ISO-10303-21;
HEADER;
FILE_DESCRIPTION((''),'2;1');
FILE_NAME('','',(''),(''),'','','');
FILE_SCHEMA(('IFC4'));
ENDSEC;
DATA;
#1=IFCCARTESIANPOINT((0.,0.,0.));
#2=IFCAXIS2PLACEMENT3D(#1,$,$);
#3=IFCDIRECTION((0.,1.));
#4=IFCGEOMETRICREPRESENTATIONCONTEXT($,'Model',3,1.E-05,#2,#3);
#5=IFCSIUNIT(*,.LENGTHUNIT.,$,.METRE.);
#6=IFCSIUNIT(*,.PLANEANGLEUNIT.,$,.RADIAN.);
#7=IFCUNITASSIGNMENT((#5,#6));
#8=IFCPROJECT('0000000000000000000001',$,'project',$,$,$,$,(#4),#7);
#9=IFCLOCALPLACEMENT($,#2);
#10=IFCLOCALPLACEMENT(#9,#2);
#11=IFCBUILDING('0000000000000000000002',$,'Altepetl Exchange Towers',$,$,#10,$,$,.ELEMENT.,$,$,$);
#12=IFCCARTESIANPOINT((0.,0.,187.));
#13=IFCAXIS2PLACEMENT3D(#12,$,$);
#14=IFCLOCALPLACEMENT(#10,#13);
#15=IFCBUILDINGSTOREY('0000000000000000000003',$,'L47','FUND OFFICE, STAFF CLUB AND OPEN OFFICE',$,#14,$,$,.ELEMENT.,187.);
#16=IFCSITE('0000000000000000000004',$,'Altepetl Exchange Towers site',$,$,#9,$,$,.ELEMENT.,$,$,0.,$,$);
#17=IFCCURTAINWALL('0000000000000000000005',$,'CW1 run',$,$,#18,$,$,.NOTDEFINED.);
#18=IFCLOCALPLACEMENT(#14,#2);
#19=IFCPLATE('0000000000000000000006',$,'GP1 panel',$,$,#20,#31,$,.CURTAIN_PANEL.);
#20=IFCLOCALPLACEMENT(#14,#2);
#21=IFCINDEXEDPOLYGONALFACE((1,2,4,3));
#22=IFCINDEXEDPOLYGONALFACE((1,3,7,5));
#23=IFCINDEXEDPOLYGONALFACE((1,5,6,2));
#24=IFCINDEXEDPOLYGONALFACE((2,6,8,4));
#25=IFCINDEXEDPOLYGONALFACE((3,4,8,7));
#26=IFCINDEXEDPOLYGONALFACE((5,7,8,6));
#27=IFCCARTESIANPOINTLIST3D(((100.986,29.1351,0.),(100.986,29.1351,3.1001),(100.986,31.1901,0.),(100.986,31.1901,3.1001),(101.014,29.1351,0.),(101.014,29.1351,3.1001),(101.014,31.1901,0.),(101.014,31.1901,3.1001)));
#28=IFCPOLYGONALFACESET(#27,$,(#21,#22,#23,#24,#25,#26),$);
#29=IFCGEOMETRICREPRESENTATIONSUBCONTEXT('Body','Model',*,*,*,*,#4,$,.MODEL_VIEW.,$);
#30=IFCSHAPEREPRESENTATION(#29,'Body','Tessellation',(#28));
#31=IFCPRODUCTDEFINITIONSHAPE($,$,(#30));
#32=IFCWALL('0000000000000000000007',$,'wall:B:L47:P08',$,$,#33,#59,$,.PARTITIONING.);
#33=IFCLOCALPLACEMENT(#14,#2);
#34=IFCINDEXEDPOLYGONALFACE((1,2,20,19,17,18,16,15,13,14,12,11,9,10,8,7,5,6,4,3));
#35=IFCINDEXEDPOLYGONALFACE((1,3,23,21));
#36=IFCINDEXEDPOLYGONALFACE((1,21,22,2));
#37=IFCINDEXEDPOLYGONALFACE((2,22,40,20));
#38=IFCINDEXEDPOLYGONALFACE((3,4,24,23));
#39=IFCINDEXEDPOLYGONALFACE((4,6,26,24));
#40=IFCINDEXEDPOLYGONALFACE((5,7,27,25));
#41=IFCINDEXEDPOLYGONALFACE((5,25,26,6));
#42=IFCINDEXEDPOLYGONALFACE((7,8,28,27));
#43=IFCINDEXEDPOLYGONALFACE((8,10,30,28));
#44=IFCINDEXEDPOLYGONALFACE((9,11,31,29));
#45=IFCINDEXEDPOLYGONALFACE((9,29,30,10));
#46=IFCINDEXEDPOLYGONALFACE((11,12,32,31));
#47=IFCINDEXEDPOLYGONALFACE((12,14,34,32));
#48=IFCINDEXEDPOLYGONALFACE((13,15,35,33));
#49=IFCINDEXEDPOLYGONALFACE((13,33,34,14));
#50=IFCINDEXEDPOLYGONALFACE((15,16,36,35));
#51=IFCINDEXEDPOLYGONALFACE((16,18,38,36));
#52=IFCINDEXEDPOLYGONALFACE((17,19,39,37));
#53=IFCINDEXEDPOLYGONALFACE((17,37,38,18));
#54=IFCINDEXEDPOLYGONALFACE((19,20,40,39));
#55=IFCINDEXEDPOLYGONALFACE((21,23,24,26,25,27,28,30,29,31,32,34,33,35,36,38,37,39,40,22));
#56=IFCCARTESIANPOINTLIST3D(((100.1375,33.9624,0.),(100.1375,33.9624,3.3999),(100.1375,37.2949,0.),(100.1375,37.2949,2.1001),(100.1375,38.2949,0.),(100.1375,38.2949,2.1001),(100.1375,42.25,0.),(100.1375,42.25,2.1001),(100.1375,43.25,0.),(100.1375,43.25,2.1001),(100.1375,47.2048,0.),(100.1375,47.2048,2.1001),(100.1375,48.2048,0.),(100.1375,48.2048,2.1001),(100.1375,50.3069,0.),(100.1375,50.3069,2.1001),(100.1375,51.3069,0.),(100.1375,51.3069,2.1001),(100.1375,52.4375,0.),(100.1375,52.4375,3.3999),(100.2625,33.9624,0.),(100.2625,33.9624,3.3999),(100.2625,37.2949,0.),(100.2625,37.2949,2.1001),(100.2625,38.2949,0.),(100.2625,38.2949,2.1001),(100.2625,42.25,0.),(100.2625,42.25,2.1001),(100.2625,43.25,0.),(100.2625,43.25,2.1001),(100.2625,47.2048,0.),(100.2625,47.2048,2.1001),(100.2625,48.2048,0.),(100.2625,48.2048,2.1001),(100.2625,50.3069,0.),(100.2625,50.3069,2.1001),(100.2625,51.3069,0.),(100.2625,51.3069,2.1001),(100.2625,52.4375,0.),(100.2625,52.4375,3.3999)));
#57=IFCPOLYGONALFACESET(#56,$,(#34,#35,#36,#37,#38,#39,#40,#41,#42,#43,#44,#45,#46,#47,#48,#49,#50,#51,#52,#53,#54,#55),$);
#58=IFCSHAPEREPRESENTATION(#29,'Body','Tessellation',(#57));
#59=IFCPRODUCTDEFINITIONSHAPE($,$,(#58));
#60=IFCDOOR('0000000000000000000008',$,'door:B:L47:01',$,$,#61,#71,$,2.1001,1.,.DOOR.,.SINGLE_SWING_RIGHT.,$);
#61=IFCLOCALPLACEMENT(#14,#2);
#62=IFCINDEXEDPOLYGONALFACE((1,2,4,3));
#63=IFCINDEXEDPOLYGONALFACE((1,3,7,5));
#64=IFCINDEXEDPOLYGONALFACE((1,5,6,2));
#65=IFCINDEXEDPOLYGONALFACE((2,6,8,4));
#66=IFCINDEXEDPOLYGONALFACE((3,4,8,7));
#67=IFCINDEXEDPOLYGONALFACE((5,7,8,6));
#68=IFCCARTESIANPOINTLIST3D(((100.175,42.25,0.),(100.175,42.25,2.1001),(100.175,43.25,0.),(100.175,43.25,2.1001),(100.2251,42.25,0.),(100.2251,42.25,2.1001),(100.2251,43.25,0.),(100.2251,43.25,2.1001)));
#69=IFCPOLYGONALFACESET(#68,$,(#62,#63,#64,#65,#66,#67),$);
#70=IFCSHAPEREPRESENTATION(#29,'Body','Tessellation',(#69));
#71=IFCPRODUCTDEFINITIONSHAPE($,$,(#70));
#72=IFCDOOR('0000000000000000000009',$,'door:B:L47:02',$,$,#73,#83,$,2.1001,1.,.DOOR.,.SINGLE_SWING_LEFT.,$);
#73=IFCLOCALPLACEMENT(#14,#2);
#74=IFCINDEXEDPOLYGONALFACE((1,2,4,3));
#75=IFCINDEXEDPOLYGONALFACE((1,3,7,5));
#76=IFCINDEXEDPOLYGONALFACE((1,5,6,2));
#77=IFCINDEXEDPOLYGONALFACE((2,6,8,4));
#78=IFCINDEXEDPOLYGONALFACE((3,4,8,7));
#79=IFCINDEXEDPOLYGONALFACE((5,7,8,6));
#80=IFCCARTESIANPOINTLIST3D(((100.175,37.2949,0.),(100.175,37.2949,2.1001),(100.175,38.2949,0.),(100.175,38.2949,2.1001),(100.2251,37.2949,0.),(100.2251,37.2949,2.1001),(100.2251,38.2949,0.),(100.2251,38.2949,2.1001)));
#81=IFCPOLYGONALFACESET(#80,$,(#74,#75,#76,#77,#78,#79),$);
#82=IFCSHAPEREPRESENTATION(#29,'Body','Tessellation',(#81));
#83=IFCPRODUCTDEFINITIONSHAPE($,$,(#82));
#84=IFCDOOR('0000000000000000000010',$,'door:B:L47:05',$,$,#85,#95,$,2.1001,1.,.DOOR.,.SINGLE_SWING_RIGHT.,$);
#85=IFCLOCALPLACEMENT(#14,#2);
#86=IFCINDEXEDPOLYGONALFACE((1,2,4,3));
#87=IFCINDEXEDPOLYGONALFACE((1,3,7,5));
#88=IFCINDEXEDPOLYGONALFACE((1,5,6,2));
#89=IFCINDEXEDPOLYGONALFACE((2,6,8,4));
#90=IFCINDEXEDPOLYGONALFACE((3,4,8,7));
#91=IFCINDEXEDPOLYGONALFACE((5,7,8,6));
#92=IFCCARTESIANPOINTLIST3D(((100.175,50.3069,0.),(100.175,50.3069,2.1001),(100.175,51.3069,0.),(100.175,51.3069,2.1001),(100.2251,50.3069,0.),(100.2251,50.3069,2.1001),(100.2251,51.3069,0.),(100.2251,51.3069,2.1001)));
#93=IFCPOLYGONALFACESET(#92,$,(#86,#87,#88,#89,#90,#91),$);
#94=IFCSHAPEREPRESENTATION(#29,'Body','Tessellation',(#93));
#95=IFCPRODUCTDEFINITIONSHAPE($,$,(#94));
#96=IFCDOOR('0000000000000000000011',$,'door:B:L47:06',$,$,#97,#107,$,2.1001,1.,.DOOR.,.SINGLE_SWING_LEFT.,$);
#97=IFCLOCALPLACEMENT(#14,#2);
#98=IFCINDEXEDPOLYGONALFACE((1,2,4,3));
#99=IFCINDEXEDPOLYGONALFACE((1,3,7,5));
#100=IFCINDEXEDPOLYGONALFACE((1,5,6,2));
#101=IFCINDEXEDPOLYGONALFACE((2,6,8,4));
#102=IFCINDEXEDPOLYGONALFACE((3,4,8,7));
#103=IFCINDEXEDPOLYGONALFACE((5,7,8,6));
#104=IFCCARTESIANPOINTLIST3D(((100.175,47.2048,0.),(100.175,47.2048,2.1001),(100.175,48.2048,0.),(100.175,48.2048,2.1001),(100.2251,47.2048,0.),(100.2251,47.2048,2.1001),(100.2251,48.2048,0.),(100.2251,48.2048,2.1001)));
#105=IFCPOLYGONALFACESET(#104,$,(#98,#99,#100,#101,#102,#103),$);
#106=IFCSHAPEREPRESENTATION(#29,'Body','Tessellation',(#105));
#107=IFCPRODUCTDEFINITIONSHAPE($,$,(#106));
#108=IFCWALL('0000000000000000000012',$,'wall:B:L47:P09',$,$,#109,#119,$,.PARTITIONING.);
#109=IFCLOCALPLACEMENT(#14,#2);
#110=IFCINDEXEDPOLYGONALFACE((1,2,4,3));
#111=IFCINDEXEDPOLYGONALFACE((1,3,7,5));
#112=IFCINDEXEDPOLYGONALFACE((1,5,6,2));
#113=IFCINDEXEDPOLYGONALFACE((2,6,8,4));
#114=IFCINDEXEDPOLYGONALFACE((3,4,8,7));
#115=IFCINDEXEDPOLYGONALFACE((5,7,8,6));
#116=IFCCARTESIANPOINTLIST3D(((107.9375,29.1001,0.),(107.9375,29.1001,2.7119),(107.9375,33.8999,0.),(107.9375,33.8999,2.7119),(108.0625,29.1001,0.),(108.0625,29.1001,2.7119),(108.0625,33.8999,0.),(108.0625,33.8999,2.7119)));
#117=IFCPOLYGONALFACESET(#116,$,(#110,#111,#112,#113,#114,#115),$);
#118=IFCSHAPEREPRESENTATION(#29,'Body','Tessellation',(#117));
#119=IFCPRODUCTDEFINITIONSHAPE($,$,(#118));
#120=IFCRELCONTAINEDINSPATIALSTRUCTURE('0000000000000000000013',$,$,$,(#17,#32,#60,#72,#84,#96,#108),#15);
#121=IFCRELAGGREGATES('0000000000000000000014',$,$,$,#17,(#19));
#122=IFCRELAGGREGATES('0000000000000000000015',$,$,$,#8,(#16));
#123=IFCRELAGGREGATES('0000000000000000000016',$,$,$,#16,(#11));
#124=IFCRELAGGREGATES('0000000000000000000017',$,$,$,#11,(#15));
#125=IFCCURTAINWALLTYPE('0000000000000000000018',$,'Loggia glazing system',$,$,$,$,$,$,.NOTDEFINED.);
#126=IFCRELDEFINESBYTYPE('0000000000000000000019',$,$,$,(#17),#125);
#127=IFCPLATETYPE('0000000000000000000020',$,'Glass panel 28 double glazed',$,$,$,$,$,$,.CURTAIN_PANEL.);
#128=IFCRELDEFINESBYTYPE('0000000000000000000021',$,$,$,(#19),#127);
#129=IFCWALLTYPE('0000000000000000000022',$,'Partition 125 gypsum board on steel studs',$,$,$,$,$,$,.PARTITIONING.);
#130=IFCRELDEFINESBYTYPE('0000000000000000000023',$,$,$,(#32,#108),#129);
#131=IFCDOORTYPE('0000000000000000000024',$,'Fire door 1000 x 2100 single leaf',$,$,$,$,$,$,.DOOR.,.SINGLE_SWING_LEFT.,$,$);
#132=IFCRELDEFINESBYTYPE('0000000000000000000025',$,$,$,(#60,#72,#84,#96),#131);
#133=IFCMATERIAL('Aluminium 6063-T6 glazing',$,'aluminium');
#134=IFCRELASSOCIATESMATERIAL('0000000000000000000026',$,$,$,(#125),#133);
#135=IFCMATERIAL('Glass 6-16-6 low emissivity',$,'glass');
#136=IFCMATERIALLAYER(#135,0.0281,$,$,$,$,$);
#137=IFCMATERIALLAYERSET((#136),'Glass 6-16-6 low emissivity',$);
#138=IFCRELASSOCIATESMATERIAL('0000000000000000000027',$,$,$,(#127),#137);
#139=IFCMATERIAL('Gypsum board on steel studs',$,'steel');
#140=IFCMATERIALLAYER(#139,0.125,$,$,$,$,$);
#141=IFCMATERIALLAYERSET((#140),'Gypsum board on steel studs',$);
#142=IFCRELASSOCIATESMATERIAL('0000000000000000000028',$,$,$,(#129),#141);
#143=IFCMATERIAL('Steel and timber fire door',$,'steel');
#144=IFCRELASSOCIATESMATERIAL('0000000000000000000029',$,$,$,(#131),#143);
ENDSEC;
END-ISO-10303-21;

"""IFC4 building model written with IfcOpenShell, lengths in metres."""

from ifc_helpers import new_model, si_unit, direction, frame, frame_2d, origin, origin_2d, place, context, subcontext, project, spatial, rectangle, extrude, material, layer, layer_set, type_object, element, fill, aggregate, save


model = new_model("IFC4")

# Units and contexts
model_context = context("Model", 3, precision=1e-05, world=origin(), true_north=direction((0.0, 1.0)))
body_context = subcontext(model_context, "Body", "Model", "MODEL_VIEW")
ifc_project = project(units=[si_unit("LENGTHUNIT", "METRE"), si_unit("PLANEANGLEUNIT", "RADIAN")], contexts=[model_context])

# Site, building, storey
site_placement = place(None, origin())
site = spatial("IfcSite", under=ifc_project, at=site_placement, Name="Altepetl Exchange Towers site", CompositionType="ELEMENT", RefElevation=0.0)
building_placement = place(site_placement, origin())
building = spatial("IfcBuilding", under=site, at=building_placement, Name="Altepetl Exchange Towers", CompositionType="ELEMENT")
storey_placement = place(building_placement, frame((0.0, 0.0, 187.0)))
storey = spatial("IfcBuildingStorey", under=building, at=storey_placement, Name="L47", Description="FUND OFFICE, STAFF CLUB AND OPEN OFFICE", CompositionType="ELEMENT", Elevation=187.0)

# Curtain wall
ifc_material_1 = material(Name="Aluminium 6063-T6 glazing", Category="aluminium")
curtain_wall_type = type_object("IfcCurtainWallType", Name="Loggia glazing system", PredefinedType="NOTDEFINED", material=ifc_material_1)
curtain_wall_1_placement = place(storey_placement, origin())
curtain_wall_1 = element("IfcCurtainWall", 1, at=curtain_wall_1_placement, inside=storey, type_object=curtain_wall_type, Name="CW1 run", PredefinedType="NOTDEFINED")

# Plate
ifc_material_2 = material(Name="Glass 6-16-6 low emissivity", Category="glass")
ifc_layer_1 = layer(ifc_material_2, 0.0281)
ifc_layer_set_1 = layer_set([ifc_layer_1], Name="Glass 6-16-6 low emissivity")
plate_type = type_object("IfcPlateType", Name="Glass panel 28 double glazed", PredefinedType="CURTAIN_PANEL", material=ifc_layer_set_1)
plate_placement = place(storey_placement, frame((101.0, 30.1626, 0.0), z_axis=(0.0, 0.0, 1.0), x_axis=(0.0, -1.0, 0.0)))
plate = element("IfcPlate", 2, at=plate_placement, type_object=plate_type, Name="GP1 panel", PredefinedType="CURTAIN_PANEL", context=body_context, shape_type="SweptSolid", body=[
    extrude(rectangle(XDim=2.0549, YDim=0.0281, at=origin_2d()), origin(), (0.0, 0.0, 1.0), 3.1001),
])
aggregate(curtain_wall_1, [plate])

# Wall, openings, doors
ifc_material_3 = material(Name="Gypsum board on steel studs", Category="steel")
ifc_layer_2 = layer(ifc_material_3, 0.125)
ifc_layer_set_2 = layer_set([ifc_layer_2], Name="Gypsum board on steel studs")
wall_type_1 = type_object("IfcWallType", Name="Partition 125 gypsum board on steel studs", PredefinedType="PARTITIONING", material=ifc_layer_set_2)
wall_1_placement = place(storey_placement, frame((100.2, 33.9624, 0.0), z_axis=(0.0, 0.0, 1.0), x_axis=(0.0, 1.0, 0.0)))
wall_1 = element("IfcWall", 3, at=wall_1_placement, inside=storey, type_object=wall_type_1, Name="wall:B:L47:P08", PredefinedType="PARTITIONING", context=body_context, shape_type="SweptSolid", body=[
    extrude(rectangle(XDim=18.4751, YDim=0.125, at=frame_2d((9.2375, 0.0))), origin(), (0.0, 0.0, 1.0), 3.3999),
])
opening_1_placement = place(wall_1_placement, frame((8.2876, 0.0, 0.0)))
opening_1 = element("IfcOpeningElement", 4, at=opening_1_placement, cuts=wall_1, PredefinedType="OPENING", context=body_context, shape_type="SweptSolid", body=[
    extrude(rectangle(XDim=1.0, YDim=2.1001, at=frame_2d((0.5, 1.05))), frame((0.0, 0.0725, 0.0), z_axis=(0.0, -1.0, 0.0), x_axis=(1.0, 0.0, 0.0)), (0.0, 0.0, 1.0), 0.145),
])
opening_2_placement = place(wall_1_placement, frame((3.3325, 0.0, 0.0)))
opening_2 = element("IfcOpeningElement", 5, at=opening_2_placement, cuts=wall_1, PredefinedType="OPENING", context=body_context, shape_type="SweptSolid", body=[
    extrude(rectangle(XDim=1.0, YDim=2.1001, at=frame_2d((0.5, 1.05))), frame((0.0, 0.0725, 0.0), z_axis=(0.0, -1.0, 0.0), x_axis=(1.0, 0.0, 0.0)), (0.0, 0.0, 1.0), 0.145),
])
opening_3_placement = place(wall_1_placement, frame((16.3445, 0.0, 0.0)))
opening_3 = element("IfcOpeningElement", 6, at=opening_3_placement, cuts=wall_1, PredefinedType="OPENING", context=body_context, shape_type="SweptSolid", body=[
    extrude(rectangle(XDim=1.0, YDim=2.1001, at=frame_2d((0.5, 1.05))), frame((0.0, 0.0725, 0.0), z_axis=(0.0, -1.0, 0.0), x_axis=(1.0, 0.0, 0.0)), (0.0, 0.0, 1.0), 0.145),
])
opening_4_placement = place(wall_1_placement, frame((13.2424, 0.0, 0.0)))
opening_4 = element("IfcOpeningElement", 7, at=opening_4_placement, cuts=wall_1, PredefinedType="OPENING", context=body_context, shape_type="SweptSolid", body=[
    extrude(rectangle(XDim=1.0, YDim=2.1001, at=frame_2d((0.5, 1.05))), frame((0.0, 0.0725, 0.0), z_axis=(0.0, -1.0, 0.0), x_axis=(1.0, 0.0, 0.0)), (0.0, 0.0, 1.0), 0.145),
])
ifc_material_4 = material(Name="Steel and timber fire door", Category="steel")
door_type_1 = type_object("IfcDoorType", Name="Fire door 1000 x 2100 single leaf", OperationType="SINGLE_SWING_LEFT", PredefinedType="DOOR", material=ifc_material_4)
door_1_placement = place(opening_1_placement, origin())
door_1 = element("IfcDoor", 8, at=door_1_placement, inside=storey, type_object=door_type_1, Name="door:B:L47:01", OperationType="SINGLE_SWING_RIGHT", OverallHeight=2.1001, OverallWidth=1.0, PredefinedType="DOOR", context=body_context, shape_type="SweptSolid", body=[
    extrude(rectangle(XDim=1.0, YDim=2.1001, at=frame_2d((0.5, 1.05))), frame((0.0, 0.0249, 0.0), z_axis=(0.0, -1.0, 0.0), x_axis=(1.0, 0.0, 0.0)), (0.0, 0.0, 1.0), 0.05),
])
fill(opening_1, door_1)
door_2_placement = place(opening_2_placement, origin())
door_2 = element("IfcDoor", 9, at=door_2_placement, inside=storey, type_object=door_type_1, Name="door:B:L47:02", OperationType="SINGLE_SWING_LEFT", OverallHeight=2.1001, OverallWidth=1.0, PredefinedType="DOOR", context=body_context, shape_type="SweptSolid", body=[
    extrude(rectangle(XDim=1.0, YDim=2.1001, at=frame_2d((0.5, 1.05))), frame((0.0, 0.0249, 0.0), z_axis=(0.0, -1.0, 0.0), x_axis=(1.0, 0.0, 0.0)), (0.0, 0.0, 1.0), 0.05),
])
fill(opening_2, door_2)
door_3_placement = place(opening_3_placement, origin())
door_3 = element("IfcDoor", 10, at=door_3_placement, inside=storey, type_object=door_type_1, Name="door:B:L47:05", OperationType="SINGLE_SWING_RIGHT", OverallHeight=2.1001, OverallWidth=1.0, PredefinedType="DOOR", context=body_context, shape_type="SweptSolid", body=[
    extrude(rectangle(XDim=1.0, YDim=2.1001, at=frame_2d((0.5, 1.05))), frame((0.0, 0.0249, 0.0), z_axis=(0.0, -1.0, 0.0), x_axis=(1.0, 0.0, 0.0)), (0.0, 0.0, 1.0), 0.05),
])
fill(opening_3, door_3)
door_4_placement = place(opening_4_placement, origin())
door_4 = element("IfcDoor", 11, at=door_4_placement, inside=storey, type_object=door_type_1, Name="door:B:L47:06", OperationType="SINGLE_SWING_LEFT", OverallHeight=2.1001, OverallWidth=1.0, PredefinedType="DOOR", context=body_context, shape_type="SweptSolid", body=[
    extrude(rectangle(XDim=1.0, YDim=2.1001, at=frame_2d((0.5, 1.05))), frame((0.0, 0.0249, 0.0), z_axis=(0.0, -1.0, 0.0), x_axis=(1.0, 0.0, 0.0)), (0.0, 0.0, 1.0), 0.05),
])
fill(opening_4, door_4)

# Wall
wall_2_placement = place(storey_placement, frame((108.0, 29.1001, 0.0), z_axis=(0.0, 0.0, 1.0), x_axis=(0.0, 1.0, 0.0)))
element("IfcWall", 12, at=wall_2_placement, inside=storey, type_object=wall_type_1, Name="wall:B:L47:P09", PredefinedType="PARTITIONING", context=body_context, shape_type="SweptSolid", body=[
    extrude(rectangle(XDim=4.7998, YDim=0.125, at=frame_2d((2.3999, 0.0))), origin(), (0.0, 0.0, 1.0), 2.7119),
])

save(model, "model.ifc")
